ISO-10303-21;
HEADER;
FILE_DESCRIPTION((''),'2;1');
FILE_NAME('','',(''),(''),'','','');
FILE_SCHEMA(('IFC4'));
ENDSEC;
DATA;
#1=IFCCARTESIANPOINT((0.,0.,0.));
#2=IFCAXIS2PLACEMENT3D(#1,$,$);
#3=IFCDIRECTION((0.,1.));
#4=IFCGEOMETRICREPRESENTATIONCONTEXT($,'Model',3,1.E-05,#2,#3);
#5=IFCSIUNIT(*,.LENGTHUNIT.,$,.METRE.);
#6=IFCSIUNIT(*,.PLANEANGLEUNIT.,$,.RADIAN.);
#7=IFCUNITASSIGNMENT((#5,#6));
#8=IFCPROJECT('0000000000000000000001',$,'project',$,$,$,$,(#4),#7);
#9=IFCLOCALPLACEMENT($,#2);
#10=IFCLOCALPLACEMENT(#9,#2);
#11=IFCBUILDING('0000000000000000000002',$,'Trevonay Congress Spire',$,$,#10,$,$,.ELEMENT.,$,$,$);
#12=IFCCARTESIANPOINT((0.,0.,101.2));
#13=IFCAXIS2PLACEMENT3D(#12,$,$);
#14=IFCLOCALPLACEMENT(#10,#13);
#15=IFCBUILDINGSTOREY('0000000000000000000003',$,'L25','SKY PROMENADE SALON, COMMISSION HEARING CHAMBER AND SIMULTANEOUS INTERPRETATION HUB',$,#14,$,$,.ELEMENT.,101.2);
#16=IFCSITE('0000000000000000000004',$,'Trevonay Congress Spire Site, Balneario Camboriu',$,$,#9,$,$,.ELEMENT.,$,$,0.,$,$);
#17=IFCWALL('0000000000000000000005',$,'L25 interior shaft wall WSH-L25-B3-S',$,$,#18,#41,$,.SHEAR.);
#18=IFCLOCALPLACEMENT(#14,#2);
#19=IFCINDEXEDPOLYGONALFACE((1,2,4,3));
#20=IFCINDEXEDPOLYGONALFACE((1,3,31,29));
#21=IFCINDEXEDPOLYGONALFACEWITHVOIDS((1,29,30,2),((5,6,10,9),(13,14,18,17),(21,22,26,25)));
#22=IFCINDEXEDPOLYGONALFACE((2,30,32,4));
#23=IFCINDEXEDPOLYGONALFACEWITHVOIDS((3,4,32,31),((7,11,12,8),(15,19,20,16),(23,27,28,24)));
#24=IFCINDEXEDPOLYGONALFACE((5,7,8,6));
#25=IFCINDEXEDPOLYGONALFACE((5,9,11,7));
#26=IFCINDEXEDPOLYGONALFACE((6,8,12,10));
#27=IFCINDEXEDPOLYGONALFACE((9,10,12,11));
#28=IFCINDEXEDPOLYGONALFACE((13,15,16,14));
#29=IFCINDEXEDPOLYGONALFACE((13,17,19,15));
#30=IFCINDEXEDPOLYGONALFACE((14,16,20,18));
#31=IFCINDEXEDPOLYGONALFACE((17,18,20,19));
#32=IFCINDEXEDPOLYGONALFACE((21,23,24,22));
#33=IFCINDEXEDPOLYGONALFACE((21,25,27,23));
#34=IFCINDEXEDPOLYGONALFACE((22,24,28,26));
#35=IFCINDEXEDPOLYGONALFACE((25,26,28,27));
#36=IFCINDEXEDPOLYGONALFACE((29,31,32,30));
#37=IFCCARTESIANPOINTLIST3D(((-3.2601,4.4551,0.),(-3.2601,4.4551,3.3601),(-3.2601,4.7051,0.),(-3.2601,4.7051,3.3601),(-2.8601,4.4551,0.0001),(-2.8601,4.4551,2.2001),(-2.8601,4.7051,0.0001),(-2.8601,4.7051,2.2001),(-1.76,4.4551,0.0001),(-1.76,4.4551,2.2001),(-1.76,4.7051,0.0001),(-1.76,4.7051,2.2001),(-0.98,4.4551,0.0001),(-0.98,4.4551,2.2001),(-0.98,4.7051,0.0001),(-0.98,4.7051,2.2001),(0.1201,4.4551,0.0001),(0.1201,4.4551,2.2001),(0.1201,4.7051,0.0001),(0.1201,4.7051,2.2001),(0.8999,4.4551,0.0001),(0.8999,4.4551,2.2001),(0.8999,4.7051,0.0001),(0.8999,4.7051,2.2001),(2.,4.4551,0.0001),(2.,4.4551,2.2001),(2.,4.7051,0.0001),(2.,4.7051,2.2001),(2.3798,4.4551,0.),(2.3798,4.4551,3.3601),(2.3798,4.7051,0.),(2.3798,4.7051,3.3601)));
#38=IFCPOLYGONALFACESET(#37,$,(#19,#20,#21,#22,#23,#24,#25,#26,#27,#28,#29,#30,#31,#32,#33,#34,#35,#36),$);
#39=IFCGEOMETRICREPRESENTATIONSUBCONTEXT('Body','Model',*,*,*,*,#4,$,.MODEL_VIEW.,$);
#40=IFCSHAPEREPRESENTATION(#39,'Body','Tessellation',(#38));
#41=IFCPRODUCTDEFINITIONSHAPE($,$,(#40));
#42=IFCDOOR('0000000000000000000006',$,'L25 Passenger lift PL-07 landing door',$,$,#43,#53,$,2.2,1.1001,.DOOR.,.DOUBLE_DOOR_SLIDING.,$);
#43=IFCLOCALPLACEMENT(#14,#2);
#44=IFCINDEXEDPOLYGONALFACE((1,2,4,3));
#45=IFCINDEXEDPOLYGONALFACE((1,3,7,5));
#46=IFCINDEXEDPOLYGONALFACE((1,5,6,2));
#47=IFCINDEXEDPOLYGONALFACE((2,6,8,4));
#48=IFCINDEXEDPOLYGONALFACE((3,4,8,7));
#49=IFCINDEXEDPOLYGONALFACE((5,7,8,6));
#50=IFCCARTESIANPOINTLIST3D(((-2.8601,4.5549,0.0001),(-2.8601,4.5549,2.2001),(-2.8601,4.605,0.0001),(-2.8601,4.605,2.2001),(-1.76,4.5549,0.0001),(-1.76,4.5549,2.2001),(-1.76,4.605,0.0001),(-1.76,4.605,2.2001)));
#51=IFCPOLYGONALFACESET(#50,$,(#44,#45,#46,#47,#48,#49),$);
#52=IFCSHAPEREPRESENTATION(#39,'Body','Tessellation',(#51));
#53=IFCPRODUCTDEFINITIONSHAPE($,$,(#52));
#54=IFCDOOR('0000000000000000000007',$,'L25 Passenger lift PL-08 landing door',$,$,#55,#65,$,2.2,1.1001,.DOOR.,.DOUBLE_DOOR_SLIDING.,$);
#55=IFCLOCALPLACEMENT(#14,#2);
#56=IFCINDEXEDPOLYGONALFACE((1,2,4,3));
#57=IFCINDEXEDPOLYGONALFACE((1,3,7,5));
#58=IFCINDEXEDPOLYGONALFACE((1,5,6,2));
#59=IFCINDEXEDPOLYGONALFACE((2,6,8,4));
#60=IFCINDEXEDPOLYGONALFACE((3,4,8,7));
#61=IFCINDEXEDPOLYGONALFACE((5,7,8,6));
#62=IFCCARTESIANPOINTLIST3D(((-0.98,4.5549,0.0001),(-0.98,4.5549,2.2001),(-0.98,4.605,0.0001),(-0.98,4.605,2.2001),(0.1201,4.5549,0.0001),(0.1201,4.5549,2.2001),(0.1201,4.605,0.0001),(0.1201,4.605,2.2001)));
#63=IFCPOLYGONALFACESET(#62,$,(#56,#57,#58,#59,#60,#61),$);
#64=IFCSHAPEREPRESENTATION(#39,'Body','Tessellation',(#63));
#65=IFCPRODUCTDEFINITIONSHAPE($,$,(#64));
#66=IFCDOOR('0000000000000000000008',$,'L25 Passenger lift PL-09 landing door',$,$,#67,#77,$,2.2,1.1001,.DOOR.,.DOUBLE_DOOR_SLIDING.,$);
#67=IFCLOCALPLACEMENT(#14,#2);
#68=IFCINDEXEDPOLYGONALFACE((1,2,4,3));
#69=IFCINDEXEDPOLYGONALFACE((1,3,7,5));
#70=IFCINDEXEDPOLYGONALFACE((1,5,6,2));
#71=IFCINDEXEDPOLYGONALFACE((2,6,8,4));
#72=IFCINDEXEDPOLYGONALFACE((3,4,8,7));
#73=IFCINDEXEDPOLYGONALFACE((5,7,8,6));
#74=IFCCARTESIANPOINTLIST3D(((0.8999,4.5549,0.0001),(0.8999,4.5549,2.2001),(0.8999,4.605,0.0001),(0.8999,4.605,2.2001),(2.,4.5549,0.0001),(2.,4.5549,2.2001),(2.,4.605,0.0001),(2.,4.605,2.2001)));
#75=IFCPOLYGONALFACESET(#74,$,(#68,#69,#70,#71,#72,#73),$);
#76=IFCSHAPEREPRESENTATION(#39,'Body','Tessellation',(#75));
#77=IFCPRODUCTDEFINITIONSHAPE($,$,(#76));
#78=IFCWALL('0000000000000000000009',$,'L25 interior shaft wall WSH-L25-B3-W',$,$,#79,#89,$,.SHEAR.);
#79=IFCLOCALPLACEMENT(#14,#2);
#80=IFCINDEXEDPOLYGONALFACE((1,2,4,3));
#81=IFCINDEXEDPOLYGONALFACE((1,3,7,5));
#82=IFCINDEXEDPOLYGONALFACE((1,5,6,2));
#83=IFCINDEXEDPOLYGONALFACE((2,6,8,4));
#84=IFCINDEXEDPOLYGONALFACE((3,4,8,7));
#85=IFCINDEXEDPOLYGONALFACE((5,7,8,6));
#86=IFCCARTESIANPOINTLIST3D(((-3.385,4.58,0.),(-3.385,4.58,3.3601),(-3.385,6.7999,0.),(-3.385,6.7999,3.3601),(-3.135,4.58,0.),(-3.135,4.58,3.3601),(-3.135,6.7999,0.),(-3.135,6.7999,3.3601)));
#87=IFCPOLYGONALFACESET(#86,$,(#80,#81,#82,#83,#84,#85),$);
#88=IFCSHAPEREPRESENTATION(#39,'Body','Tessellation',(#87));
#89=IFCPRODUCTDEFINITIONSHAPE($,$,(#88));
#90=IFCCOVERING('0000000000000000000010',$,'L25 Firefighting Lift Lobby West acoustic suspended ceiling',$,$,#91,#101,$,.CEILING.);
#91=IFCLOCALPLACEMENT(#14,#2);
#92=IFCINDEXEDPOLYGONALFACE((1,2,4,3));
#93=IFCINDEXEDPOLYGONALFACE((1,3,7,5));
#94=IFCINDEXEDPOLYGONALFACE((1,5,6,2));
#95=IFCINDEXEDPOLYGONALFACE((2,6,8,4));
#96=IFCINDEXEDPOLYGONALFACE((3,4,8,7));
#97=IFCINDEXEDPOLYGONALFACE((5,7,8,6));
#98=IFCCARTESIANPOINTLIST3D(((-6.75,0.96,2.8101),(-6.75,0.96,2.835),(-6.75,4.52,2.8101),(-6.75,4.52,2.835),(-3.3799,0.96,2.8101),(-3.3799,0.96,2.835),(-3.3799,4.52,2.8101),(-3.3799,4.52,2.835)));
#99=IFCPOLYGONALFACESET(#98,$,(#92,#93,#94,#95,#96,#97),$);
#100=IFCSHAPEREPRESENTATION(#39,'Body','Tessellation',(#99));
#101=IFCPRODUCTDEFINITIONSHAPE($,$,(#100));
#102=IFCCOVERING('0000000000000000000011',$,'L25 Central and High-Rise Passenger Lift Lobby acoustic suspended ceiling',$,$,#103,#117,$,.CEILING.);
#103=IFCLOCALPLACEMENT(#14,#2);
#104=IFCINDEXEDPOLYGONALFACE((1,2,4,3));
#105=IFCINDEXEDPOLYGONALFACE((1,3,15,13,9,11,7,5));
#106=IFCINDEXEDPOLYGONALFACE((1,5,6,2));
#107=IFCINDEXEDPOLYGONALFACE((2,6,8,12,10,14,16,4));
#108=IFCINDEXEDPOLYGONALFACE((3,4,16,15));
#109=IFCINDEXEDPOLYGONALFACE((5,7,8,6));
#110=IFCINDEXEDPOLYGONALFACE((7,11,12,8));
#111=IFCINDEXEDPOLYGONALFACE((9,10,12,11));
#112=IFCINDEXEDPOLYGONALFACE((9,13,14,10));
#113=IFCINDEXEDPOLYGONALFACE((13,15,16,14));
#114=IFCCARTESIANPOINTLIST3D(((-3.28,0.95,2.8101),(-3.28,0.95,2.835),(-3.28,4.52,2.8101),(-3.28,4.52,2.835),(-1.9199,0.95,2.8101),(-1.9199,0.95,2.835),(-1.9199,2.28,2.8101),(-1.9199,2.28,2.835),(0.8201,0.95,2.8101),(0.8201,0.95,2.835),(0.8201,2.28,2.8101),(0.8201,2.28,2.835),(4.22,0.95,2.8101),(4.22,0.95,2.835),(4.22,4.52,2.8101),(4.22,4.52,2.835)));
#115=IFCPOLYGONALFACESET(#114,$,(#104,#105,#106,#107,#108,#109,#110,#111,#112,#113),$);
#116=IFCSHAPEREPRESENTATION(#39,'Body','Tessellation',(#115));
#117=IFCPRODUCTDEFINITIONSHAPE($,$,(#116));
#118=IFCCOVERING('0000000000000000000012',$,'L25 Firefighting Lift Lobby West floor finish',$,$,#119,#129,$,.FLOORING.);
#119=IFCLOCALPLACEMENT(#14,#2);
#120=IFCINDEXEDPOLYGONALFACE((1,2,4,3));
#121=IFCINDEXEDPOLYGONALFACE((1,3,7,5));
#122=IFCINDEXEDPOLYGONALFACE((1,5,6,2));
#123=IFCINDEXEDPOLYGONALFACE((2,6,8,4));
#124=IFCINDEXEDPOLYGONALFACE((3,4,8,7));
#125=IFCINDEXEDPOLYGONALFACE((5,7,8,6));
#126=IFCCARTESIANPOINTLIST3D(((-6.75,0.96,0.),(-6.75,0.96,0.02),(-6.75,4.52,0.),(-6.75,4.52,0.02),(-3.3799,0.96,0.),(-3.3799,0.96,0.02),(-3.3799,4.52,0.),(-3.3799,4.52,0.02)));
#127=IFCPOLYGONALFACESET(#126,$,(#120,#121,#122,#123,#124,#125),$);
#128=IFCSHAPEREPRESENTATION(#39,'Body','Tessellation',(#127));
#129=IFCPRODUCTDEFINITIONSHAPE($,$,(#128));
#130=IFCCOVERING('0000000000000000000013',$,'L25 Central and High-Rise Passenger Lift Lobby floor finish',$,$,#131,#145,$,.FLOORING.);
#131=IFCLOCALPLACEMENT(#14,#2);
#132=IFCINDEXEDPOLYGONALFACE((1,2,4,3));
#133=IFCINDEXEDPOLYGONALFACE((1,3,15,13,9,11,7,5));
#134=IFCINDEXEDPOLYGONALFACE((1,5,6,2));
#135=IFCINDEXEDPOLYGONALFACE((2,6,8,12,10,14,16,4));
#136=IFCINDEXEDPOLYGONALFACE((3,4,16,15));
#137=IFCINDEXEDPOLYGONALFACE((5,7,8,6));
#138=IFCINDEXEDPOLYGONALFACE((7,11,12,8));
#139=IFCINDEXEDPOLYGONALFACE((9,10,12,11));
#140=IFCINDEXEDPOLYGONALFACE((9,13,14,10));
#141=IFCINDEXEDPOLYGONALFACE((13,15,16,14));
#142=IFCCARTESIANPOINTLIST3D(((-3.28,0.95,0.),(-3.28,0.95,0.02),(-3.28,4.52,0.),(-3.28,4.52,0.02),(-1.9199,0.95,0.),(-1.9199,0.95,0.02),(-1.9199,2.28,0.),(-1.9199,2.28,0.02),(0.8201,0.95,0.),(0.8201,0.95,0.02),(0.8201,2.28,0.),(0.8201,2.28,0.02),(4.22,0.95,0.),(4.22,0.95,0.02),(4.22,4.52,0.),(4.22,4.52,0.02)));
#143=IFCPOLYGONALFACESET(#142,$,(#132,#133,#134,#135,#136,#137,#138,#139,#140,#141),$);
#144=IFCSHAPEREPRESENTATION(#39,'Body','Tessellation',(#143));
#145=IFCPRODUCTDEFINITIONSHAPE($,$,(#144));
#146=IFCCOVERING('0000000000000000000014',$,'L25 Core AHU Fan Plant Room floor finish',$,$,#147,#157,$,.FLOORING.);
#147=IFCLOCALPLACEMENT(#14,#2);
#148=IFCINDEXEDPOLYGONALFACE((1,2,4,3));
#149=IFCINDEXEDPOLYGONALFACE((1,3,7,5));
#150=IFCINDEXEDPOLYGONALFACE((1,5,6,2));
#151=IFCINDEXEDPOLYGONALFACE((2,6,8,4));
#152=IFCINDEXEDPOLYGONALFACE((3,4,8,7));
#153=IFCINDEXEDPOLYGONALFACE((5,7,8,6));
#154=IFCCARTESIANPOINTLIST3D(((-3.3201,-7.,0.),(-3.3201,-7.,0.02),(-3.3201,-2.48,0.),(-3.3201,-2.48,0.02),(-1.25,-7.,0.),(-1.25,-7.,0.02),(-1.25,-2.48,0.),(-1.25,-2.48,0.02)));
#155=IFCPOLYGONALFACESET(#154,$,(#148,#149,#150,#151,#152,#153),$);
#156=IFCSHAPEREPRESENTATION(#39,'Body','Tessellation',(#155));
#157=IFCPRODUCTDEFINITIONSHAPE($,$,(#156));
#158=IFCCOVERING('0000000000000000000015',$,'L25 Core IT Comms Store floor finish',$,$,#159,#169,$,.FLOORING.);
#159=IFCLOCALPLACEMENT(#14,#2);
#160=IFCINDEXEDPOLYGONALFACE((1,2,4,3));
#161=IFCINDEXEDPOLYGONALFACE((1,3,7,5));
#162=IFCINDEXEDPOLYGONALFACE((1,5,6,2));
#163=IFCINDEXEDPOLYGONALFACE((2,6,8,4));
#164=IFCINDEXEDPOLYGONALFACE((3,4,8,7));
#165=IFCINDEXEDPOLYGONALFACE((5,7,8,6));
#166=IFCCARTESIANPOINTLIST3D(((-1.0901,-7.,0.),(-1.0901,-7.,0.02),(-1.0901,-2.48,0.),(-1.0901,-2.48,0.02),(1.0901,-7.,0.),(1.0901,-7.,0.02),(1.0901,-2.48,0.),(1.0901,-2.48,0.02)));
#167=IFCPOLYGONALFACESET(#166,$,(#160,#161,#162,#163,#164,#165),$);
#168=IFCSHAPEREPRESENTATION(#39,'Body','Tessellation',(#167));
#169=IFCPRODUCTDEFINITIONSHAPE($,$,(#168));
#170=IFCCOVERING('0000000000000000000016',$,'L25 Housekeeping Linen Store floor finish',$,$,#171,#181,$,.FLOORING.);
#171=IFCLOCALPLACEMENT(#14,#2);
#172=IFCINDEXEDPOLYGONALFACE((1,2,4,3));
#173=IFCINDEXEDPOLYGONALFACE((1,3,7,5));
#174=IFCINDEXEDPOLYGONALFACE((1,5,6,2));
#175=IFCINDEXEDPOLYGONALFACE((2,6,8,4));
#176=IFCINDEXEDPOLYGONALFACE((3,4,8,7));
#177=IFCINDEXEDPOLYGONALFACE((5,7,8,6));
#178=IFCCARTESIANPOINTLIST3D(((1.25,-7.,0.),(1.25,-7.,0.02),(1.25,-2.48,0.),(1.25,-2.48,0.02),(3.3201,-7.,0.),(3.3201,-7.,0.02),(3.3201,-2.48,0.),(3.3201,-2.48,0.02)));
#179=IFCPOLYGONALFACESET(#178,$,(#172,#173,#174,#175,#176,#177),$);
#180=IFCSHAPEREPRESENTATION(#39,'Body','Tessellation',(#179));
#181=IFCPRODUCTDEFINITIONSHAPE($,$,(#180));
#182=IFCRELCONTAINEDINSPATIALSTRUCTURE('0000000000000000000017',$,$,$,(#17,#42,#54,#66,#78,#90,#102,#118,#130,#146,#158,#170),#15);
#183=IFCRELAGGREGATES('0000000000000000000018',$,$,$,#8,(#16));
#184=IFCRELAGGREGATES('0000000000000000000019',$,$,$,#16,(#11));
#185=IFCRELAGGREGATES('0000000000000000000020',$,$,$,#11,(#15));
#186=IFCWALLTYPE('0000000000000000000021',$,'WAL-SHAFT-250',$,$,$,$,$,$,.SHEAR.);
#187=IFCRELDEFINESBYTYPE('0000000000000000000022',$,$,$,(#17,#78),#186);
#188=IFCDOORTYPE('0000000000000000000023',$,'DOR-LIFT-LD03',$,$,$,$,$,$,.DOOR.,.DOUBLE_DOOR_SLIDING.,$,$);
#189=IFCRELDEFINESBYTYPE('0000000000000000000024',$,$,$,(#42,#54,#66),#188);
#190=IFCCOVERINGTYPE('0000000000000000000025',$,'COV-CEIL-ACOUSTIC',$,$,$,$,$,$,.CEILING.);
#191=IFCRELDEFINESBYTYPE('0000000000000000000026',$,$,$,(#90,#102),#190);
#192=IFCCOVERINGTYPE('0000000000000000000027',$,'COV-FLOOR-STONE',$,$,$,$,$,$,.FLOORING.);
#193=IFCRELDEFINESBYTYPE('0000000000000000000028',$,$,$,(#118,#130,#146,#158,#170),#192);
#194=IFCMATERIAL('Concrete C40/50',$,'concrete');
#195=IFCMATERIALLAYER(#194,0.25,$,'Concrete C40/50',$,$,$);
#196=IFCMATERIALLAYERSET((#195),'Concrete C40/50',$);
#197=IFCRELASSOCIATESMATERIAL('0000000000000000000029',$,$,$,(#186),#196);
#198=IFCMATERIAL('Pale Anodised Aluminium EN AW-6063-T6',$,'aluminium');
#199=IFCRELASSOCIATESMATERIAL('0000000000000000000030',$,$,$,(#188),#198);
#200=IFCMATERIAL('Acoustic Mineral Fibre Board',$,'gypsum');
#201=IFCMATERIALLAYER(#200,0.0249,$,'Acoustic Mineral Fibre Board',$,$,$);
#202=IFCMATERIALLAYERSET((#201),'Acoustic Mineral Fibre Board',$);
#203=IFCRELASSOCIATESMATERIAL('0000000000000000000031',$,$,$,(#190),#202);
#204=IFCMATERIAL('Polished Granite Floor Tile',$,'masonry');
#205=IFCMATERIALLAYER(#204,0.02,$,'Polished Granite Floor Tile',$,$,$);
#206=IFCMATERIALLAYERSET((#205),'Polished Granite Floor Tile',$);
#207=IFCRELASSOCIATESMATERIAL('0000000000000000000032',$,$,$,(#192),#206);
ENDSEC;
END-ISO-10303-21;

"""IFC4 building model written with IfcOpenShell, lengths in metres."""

from ifc_helpers import new_model, si_unit, direction, frame, frame_2d, origin, place, context, subcontext, project, spatial, polyline, rectangle, outline, extrude, material, layer, layer_set, type_object, element, fill, save


model = new_model("IFC4")

# Units and contexts
model_context = context("Model", 3, precision=1e-05, world=origin(), true_north=direction((0.0, 1.0)))
body_context = subcontext(model_context, "Body", "Model", "MODEL_VIEW")
ifc_project = project(units=[si_unit("LENGTHUNIT", "METRE"), si_unit("PLANEANGLEUNIT", "RADIAN")], contexts=[model_context])

# Site, building, storey
site_placement = place(None, origin())
site = spatial("IfcSite", under=ifc_project, at=site_placement, Name="Trevonay Congress Spire Site, Balneario Camboriu", CompositionType="ELEMENT", RefElevation=0.0)
building_placement = place(site_placement, origin())
building = spatial("IfcBuilding", under=site, at=building_placement, Name="Trevonay Congress Spire", CompositionType="ELEMENT")
storey_placement = place(building_placement, frame((0.0, 0.0, 101.2)))
storey = spatial("IfcBuildingStorey", under=building, at=storey_placement, Name="L25", Description="SKY PROMENADE SALON, COMMISSION HEARING CHAMBER AND SIMULTANEOUS INTERPRETATION HUB", CompositionType="ELEMENT", Elevation=101.2)

# Shared definitions
ifc_material_1 = material(Name="Concrete C40/50", Category="concrete")

# Wall, openings, doors
ifc_layer_1 = layer(ifc_material_1, 0.25, Name="Concrete C40/50")
ifc_layer_set_1 = layer_set([ifc_layer_1], Name="Concrete C40/50")
wall_type_1 = type_object("IfcWallType", Name="WAL-SHAFT-250", PredefinedType="SHEAR", material=ifc_layer_set_1)
ifc_material_2 = material(Name="Pale Anodised Aluminium EN AW-6063-T6", Category="aluminium")
wall_1_placement = place(storey_placement, frame((-3.26, 4.5801, 0.0), z_axis=(0.0, 0.0, 1.0), x_axis=(1.0, 0.0, 0.0)))
wall_1 = element("IfcWall", 1, at=wall_1_placement, inside=storey, type_object=wall_type_1, Name="L25 interior shaft wall WSH-L25-B3-S", PredefinedType="SHEAR", context=body_context, shape_type="SweptSolid", body=[
    extrude(rectangle(XDim=5.6399, YDim=0.25, at=frame_2d((2.8198, 0.0))), origin(), (0.0, 0.0, 1.0), 3.3601),
])
opening_1_placement = place(wall_1_placement, frame((0.3999, 0.0, 0.0)))
opening_1 = element("IfcOpeningElement", 2, at=opening_1_placement, cuts=wall_1, PredefinedType="OPENING", context=body_context, shape_type="SweptSolid", body=[
    extrude(rectangle(XDim=1.1001, YDim=2.2, at=frame_2d((0.55, 1.1001))), frame((0.0, 0.135, 0.0), z_axis=(0.0, -1.0, 0.0), x_axis=(1.0, 0.0, 0.0)), (0.0, 0.0, 1.0), 0.27),
])
opening_2_placement = place(wall_1_placement, frame((2.28, 0.0, 0.0)))
opening_2 = element("IfcOpeningElement", 3, at=opening_2_placement, cuts=wall_1, PredefinedType="OPENING", context=body_context, shape_type="SweptSolid", body=[
    extrude(rectangle(XDim=1.1001, YDim=2.2, at=frame_2d((0.55, 1.1001))), frame((0.0, 0.135, 0.0), z_axis=(0.0, -1.0, 0.0), x_axis=(1.0, 0.0, 0.0)), (0.0, 0.0, 1.0), 0.27),
])
opening_3_placement = place(wall_1_placement, frame((4.1599, 0.0, 0.0)))
opening_3 = element("IfcOpeningElement", 4, at=opening_3_placement, cuts=wall_1, PredefinedType="OPENING", context=body_context, shape_type="SweptSolid", body=[
    extrude(rectangle(XDim=1.1001, YDim=2.2, at=frame_2d((0.55, 1.1001))), frame((0.0, 0.135, 0.0), z_axis=(0.0, -1.0, 0.0), x_axis=(1.0, 0.0, 0.0)), (0.0, 0.0, 1.0), 0.27),
])
door_type_1 = type_object("IfcDoorType", Name="DOR-LIFT-LD03", OperationType="DOUBLE_DOOR_SLIDING", PredefinedType="DOOR", material=ifc_material_2)
door_1_placement = place(opening_1_placement, origin())
door_1 = element("IfcDoor", 5, at=door_1_placement, inside=storey, type_object=door_type_1, Name="L25 Passenger lift PL-07 landing door", OperationType="DOUBLE_DOOR_SLIDING", OverallHeight=2.2, OverallWidth=1.1001, PredefinedType="DOOR", context=body_context, shape_type="SweptSolid", body=[
    extrude(rectangle(XDim=1.1001, YDim=2.2, at=frame_2d((0.55, 1.1001))), frame((0.0, 0.0249, 0.0), z_axis=(0.0, -1.0, 0.0), x_axis=(1.0, 0.0, 0.0)), (0.0, 0.0, 1.0), 0.05),
])
fill(opening_1, door_1)
door_2_placement = place(opening_2_placement, origin())
door_2 = element("IfcDoor", 6, at=door_2_placement, inside=storey, type_object=door_type_1, Name="L25 Passenger lift PL-08 landing door", OperationType="DOUBLE_DOOR_SLIDING", OverallHeight=2.2, OverallWidth=1.1001, PredefinedType="DOOR", context=body_context, shape_type="SweptSolid", body=[
    extrude(rectangle(XDim=1.1001, YDim=2.2, at=frame_2d((0.55, 1.1001))), frame((0.0, 0.0249, 0.0), z_axis=(0.0, -1.0, 0.0), x_axis=(1.0, 0.0, 0.0)), (0.0, 0.0, 1.0), 0.05),
])
fill(opening_2, door_2)
door_3_placement = place(opening_3_placement, origin())
door_3 = element("IfcDoor", 7, at=door_3_placement, inside=storey, type_object=door_type_1, Name="L25 Passenger lift PL-09 landing door", OperationType="DOUBLE_DOOR_SLIDING", OverallHeight=2.2, OverallWidth=1.1001, PredefinedType="DOOR", context=body_context, shape_type="SweptSolid", body=[
    extrude(rectangle(XDim=1.1001, YDim=2.2, at=frame_2d((0.55, 1.1001))), frame((0.0, 0.0249, 0.0), z_axis=(0.0, -1.0, 0.0), x_axis=(1.0, 0.0, 0.0)), (0.0, 0.0, 1.0), 0.05),
])
fill(opening_3, door_3)

# Wall
wall_2_placement = place(storey_placement, frame((-3.26, 4.5801, 0.0), z_axis=(0.0, 0.0, 1.0), x_axis=(0.0, 1.0, 0.0)))
element("IfcWall", 8, at=wall_2_placement, inside=storey, type_object=wall_type_1, Name="L25 interior shaft wall WSH-L25-B3-W", PredefinedType="SHEAR", context=body_context, shape_type="SweptSolid", body=[
    extrude(rectangle(XDim=2.22, YDim=0.25, at=frame_2d((1.1099, 0.0))), origin(), (0.0, 0.0, 1.0), 3.3601),
])

# Coverings
ifc_material_3 = material(Name="Acoustic Mineral Fibre Board", Category="gypsum")
ifc_layer_2 = layer(ifc_material_3, 0.0249, Name="Acoustic Mineral Fibre Board")
ifc_layer_set_2 = layer_set([ifc_layer_2], Name="Acoustic Mineral Fibre Board")
covering_type_1 = type_object("IfcCoveringType", Name="COV-CEIL-ACOUSTIC", PredefinedType="CEILING", material=ifc_layer_set_2)
covering_1_placement = place(storey_placement, frame((0.0, 0.0, 2.8101)))
element("IfcCovering", 9, at=covering_1_placement, inside=storey, type_object=covering_type_1, Name="L25 Firefighting Lift Lobby West acoustic suspended ceiling", PredefinedType="CEILING", context=body_context, shape_type="SweptSolid", body=[
    extrude(outline(polyline([(-6.75, 0.96), (-3.3799, 0.96), (-3.3799, 4.52), (-6.75, 4.52), (-6.75, 0.96)])), origin(), (0.0, 0.0, 1.0), 0.0249),
])
covering_2_placement = place(storey_placement, frame((0.0, 0.0, 2.8101)))
element("IfcCovering", 10, at=covering_2_placement, inside=storey, type_object=covering_type_1, Name="L25 Central and High-Rise Passenger Lift Lobby acoustic suspended ceiling", PredefinedType="CEILING", context=body_context, shape_type="SweptSolid", body=[
    extrude(outline(polyline([(-3.28, 0.95), (-1.9199, 0.95), (-1.9199, 2.28), (0.8201, 2.28), (0.8201, 0.95), (4.22, 0.95), (4.22, 4.52), (-3.28, 4.52), (-3.28, 0.95)])), origin(), (0.0, 0.0, 1.0), 0.0249),
])
ifc_material_4 = material(Name="Polished Granite Floor Tile", Category="masonry")
ifc_layer_3 = layer(ifc_material_4, 0.02, Name="Polished Granite Floor Tile")
ifc_layer_set_3 = layer_set([ifc_layer_3], Name="Polished Granite Floor Tile")
covering_type_2 = type_object("IfcCoveringType", Name="COV-FLOOR-STONE", PredefinedType="FLOORING", material=ifc_layer_set_3)
covering_3_placement = place(storey_placement, origin())
element("IfcCovering", 11, at=covering_3_placement, inside=storey, type_object=covering_type_2, Name="L25 Firefighting Lift Lobby West floor finish", PredefinedType="FLOORING", context=body_context, shape_type="SweptSolid", body=[
    extrude(outline(polyline([(-6.75, 0.96), (-3.3799, 0.96), (-3.3799, 4.52), (-6.75, 4.52), (-6.75, 0.96)])), origin(), (0.0, 0.0, 1.0), 0.02),
])
covering_4_placement = place(storey_placement, origin())
element("IfcCovering", 12, at=covering_4_placement, inside=storey, type_object=covering_type_2, Name="L25 Central and High-Rise Passenger Lift Lobby floor finish", PredefinedType="FLOORING", context=body_context, shape_type="SweptSolid", body=[
    extrude(outline(polyline([(-3.28, 0.95), (-1.9199, 0.95), (-1.9199, 2.28), (0.8201, 2.28), (0.8201, 0.95), (4.22, 0.95), (4.22, 4.52), (-3.28, 4.52), (-3.28, 0.95)])), origin(), (0.0, 0.0, 1.0), 0.02),
])
covering_5_placement = place(storey_placement, origin())
element("IfcCovering", 13, at=covering_5_placement, inside=storey, type_object=covering_type_2, Name="L25 Core AHU Fan Plant Room floor finish", PredefinedType="FLOORING", context=body_context, shape_type="SweptSolid", body=[
    extrude(outline(polyline([(-3.3201, -7.0), (-1.25, -7.0), (-1.25, -2.48), (-3.3201, -2.48), (-3.3201, -7.0)])), origin(), (0.0, 0.0, 1.0), 0.02),
])
covering_6_placement = place(storey_placement, origin())
element("IfcCovering", 14, at=covering_6_placement, inside=storey, type_object=covering_type_2, Name="L25 Core IT Comms Store floor finish", PredefinedType="FLOORING", context=body_context, shape_type="SweptSolid", body=[
    extrude(outline(polyline([(-1.0901, -7.0), (1.0901, -7.0), (1.0901, -2.48), (-1.0901, -2.48), (-1.0901, -7.0)])), origin(), (0.0, 0.0, 1.0), 0.02),
])
covering_7_placement = place(storey_placement, origin())
element("IfcCovering", 15, at=covering_7_placement, inside=storey, type_object=covering_type_2, Name="L25 Housekeeping Linen Store floor finish", PredefinedType="FLOORING", context=body_context, shape_type="SweptSolid", body=[
    extrude(outline(polyline([(1.25, -7.0), (3.3201, -7.0), (3.3201, -2.48), (1.25, -2.48), (1.25, -7.0)])), origin(), (0.0, 0.0, 1.0), 0.02),
])

save(model, "model.ifc")
